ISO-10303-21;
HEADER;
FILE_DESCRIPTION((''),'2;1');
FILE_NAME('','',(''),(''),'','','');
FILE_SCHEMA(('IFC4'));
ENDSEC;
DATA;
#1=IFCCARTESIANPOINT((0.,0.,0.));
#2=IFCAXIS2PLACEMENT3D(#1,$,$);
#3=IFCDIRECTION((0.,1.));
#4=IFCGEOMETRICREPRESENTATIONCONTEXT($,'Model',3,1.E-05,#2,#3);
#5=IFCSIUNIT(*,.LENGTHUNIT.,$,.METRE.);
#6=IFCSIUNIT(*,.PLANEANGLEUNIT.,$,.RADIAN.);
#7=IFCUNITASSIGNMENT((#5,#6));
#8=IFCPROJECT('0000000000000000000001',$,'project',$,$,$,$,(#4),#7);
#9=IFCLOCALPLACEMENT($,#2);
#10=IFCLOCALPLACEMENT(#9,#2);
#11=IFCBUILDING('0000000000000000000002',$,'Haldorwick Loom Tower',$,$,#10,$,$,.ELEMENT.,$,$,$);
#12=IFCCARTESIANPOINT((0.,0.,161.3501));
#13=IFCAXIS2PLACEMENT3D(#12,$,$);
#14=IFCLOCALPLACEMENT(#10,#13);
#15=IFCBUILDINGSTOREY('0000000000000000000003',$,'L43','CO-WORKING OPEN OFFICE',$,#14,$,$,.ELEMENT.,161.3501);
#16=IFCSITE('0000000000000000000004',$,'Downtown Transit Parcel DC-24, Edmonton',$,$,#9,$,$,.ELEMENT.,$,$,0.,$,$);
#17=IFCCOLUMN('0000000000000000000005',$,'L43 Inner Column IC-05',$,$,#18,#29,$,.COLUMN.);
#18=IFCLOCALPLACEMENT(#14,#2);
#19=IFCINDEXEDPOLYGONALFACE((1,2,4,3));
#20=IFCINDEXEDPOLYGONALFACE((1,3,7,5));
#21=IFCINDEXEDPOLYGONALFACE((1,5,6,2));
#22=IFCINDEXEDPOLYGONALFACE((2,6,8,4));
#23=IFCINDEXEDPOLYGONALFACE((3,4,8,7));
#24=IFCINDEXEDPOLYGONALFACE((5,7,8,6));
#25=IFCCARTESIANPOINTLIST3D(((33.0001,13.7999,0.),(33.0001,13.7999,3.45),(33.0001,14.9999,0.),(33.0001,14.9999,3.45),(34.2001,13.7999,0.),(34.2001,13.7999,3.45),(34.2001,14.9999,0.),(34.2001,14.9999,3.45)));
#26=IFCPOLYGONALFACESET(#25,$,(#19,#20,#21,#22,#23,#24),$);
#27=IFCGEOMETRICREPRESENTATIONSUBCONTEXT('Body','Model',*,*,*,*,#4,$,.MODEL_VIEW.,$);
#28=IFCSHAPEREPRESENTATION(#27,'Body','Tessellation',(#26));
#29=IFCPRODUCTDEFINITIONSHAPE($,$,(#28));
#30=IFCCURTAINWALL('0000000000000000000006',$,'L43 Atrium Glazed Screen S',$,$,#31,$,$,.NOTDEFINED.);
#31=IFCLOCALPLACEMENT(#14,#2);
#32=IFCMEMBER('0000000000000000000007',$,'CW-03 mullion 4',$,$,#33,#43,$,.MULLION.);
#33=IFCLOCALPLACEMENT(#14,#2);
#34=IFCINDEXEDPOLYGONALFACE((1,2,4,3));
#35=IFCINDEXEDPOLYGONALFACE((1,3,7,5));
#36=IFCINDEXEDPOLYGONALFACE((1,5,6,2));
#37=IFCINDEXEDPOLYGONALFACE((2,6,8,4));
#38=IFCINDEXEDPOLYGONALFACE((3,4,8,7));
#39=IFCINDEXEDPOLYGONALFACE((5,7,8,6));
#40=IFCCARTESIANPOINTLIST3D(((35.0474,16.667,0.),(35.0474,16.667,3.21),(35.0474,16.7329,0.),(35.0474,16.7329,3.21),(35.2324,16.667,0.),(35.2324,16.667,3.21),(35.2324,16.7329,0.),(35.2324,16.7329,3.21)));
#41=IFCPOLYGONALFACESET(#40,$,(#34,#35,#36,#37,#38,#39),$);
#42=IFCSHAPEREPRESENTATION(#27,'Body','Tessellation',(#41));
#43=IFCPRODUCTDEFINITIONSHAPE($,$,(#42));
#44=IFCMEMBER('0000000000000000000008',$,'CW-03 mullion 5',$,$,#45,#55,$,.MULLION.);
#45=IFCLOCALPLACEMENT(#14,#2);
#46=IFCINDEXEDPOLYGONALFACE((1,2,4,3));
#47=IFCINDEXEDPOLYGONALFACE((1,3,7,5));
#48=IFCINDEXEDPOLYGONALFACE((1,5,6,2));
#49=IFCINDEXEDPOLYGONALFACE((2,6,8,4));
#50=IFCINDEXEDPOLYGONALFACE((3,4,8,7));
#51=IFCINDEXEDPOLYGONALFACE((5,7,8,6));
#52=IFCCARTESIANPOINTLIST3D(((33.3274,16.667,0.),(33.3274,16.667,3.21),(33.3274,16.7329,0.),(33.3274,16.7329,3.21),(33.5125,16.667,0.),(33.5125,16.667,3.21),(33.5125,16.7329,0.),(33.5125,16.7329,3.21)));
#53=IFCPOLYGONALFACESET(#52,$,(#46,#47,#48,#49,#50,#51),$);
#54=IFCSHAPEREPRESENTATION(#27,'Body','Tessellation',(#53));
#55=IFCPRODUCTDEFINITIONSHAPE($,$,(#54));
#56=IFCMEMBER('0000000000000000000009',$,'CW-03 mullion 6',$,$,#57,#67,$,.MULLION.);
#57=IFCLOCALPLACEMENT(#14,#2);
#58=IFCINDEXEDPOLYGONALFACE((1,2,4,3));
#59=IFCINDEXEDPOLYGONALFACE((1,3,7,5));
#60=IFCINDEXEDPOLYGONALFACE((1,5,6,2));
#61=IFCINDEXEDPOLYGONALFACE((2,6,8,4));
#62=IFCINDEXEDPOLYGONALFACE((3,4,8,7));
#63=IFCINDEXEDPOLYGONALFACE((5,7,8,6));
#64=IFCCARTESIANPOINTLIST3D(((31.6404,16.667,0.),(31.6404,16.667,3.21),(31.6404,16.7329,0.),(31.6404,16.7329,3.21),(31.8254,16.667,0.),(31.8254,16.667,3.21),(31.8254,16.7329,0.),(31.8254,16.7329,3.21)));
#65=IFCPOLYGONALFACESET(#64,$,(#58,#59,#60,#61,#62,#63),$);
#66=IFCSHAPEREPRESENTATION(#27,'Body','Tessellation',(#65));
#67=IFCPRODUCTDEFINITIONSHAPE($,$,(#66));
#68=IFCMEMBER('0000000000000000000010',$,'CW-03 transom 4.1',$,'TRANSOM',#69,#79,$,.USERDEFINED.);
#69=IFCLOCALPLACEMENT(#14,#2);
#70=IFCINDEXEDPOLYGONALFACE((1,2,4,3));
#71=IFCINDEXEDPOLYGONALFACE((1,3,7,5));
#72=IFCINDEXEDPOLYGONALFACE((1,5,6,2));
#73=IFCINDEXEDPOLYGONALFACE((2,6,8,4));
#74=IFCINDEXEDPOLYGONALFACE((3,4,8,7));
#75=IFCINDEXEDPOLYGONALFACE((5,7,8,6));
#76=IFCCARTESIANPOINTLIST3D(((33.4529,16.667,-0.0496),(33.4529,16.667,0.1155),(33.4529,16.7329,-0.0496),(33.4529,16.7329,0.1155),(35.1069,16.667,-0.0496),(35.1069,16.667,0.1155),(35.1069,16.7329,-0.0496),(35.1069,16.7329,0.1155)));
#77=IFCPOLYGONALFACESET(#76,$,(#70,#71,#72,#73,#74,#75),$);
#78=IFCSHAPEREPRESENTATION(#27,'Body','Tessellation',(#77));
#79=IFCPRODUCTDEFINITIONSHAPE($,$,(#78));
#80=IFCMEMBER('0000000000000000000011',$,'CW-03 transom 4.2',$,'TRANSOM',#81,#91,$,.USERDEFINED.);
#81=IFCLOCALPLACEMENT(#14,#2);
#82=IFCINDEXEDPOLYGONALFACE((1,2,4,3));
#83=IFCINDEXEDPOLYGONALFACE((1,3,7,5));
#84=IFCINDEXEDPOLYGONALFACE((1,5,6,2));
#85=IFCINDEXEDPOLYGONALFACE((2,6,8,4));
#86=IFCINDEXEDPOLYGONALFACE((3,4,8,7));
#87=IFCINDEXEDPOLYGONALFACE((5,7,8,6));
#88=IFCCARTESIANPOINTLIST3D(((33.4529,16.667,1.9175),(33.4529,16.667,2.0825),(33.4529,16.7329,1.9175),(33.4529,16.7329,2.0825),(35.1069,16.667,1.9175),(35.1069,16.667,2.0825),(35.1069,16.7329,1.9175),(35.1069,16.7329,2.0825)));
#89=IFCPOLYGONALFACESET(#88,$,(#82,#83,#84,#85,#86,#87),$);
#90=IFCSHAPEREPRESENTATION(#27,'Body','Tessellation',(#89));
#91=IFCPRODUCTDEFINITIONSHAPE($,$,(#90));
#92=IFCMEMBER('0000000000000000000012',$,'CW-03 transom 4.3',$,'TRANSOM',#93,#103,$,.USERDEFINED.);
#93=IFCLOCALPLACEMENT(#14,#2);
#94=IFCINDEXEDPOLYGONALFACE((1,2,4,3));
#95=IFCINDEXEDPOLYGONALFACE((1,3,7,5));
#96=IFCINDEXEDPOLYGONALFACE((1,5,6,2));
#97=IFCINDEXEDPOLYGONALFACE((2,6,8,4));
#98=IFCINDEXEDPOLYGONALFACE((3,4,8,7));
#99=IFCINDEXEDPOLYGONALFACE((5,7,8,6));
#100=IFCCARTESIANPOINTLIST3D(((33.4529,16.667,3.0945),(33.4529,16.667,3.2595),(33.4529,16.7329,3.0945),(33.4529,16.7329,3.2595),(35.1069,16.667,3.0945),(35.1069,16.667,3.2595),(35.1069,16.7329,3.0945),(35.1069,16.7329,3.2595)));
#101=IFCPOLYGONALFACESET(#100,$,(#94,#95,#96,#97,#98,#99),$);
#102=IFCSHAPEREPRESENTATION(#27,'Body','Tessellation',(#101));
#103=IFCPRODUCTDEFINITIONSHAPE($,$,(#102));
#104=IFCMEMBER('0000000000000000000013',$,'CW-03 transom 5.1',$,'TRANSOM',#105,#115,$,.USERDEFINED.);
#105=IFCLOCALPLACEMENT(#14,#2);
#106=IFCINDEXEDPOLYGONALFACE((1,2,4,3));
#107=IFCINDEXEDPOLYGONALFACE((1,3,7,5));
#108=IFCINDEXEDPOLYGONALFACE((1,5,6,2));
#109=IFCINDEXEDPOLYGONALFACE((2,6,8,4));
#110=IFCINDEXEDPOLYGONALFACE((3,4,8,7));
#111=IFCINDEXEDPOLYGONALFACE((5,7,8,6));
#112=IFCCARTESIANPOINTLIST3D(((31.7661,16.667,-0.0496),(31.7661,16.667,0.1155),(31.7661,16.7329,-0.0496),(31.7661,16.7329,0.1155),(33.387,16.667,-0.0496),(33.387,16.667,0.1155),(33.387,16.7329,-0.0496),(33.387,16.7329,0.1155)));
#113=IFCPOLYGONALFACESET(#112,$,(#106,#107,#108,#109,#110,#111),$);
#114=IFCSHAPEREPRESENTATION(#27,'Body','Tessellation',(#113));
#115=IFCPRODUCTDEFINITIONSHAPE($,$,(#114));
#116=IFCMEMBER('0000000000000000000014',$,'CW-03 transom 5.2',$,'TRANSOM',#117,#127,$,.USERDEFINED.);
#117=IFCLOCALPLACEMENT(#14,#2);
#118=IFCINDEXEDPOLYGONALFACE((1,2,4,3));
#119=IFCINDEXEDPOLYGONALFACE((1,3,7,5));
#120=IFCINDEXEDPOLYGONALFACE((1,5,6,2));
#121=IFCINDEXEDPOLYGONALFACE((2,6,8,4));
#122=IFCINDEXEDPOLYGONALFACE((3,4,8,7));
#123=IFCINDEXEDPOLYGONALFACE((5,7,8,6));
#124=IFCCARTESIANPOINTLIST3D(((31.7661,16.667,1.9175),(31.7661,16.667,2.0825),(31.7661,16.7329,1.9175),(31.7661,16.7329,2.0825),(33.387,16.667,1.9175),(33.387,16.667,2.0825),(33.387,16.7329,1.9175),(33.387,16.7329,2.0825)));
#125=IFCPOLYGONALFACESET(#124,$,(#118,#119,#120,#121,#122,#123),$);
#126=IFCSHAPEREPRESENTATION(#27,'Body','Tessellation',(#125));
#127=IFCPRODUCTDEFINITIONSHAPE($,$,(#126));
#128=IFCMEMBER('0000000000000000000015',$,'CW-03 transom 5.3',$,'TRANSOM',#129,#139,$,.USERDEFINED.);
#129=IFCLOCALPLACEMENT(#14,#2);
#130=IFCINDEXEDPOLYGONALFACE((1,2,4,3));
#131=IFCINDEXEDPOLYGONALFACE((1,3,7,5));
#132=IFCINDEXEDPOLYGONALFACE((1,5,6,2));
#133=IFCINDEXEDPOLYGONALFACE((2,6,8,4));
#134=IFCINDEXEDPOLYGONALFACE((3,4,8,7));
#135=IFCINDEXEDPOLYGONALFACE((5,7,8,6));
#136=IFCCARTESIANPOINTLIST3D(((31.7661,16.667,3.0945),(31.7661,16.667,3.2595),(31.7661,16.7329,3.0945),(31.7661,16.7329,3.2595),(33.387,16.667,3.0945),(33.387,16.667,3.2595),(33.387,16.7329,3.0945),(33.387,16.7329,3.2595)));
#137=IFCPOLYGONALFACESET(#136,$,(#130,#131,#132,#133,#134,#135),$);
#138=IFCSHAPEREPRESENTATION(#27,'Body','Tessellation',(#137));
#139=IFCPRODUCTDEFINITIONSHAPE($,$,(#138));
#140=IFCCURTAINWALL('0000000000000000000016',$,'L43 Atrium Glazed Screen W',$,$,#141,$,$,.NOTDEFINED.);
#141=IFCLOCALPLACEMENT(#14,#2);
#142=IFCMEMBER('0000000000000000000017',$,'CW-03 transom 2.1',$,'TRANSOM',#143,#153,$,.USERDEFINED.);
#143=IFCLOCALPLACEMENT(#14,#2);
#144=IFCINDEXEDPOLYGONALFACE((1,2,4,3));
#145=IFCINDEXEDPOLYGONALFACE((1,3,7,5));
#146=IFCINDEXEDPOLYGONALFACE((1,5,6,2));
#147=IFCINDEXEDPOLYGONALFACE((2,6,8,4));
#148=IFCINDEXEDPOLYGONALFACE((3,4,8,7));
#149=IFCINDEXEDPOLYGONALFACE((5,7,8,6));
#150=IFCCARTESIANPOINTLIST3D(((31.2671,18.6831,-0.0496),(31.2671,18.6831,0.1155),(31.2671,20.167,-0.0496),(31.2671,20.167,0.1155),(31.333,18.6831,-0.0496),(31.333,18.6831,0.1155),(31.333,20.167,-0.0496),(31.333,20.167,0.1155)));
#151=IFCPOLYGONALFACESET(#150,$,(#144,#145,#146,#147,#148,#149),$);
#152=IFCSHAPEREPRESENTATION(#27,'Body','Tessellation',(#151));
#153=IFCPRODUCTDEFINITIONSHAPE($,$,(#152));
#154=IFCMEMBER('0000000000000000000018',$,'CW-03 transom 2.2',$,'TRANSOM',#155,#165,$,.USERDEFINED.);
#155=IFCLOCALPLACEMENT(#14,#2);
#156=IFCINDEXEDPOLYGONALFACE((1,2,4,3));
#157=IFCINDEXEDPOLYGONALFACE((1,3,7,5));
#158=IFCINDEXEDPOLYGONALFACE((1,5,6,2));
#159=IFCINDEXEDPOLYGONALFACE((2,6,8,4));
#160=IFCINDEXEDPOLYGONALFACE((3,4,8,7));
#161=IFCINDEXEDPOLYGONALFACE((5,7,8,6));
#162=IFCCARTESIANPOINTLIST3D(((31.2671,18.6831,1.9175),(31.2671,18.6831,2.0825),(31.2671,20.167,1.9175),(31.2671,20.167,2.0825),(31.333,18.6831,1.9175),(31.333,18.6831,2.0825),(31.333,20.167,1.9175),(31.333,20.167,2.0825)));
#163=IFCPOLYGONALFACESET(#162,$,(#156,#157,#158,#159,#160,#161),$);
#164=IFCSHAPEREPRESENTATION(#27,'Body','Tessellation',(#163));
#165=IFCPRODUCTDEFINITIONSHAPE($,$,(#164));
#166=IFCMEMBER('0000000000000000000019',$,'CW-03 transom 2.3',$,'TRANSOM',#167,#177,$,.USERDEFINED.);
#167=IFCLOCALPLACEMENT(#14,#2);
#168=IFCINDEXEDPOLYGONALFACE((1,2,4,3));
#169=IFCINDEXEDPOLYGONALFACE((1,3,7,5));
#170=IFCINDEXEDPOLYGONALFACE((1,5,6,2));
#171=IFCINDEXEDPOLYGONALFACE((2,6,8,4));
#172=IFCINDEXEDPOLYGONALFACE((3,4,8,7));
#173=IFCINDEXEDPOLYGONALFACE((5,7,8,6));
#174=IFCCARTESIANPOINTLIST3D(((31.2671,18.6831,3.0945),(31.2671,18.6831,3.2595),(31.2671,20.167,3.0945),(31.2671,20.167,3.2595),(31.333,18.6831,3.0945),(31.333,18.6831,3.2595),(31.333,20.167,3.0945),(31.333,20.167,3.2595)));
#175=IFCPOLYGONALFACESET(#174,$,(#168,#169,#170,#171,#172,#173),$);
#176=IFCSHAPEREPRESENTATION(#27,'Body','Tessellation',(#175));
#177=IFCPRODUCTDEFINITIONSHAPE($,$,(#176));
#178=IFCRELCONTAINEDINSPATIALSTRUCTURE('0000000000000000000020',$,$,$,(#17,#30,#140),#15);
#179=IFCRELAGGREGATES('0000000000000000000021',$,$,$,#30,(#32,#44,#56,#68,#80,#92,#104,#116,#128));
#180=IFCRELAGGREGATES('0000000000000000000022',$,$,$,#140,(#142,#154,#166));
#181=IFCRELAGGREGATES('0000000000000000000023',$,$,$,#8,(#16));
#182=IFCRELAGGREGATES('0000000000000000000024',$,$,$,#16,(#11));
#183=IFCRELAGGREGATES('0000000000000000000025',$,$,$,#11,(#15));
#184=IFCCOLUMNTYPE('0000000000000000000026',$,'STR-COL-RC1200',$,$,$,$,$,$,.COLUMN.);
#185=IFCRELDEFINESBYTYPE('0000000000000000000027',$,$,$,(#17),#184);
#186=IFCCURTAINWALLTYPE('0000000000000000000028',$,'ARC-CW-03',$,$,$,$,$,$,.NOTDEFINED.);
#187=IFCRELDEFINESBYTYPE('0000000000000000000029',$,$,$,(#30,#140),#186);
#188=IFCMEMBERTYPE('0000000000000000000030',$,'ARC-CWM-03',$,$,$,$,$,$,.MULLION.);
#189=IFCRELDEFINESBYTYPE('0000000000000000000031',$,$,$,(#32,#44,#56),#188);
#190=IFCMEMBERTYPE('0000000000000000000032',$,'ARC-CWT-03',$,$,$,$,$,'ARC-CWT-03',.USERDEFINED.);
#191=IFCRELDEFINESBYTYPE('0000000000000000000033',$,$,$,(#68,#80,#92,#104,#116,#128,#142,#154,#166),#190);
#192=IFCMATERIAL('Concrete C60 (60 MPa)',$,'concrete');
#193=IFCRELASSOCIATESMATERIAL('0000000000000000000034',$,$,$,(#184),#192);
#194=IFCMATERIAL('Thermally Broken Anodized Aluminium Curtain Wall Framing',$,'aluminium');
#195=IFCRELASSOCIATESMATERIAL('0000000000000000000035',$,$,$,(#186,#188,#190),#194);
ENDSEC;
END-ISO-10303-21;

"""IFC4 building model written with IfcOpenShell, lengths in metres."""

from ifc_helpers import new_model, si_unit, direction, frame, origin, origin_2d, place, context, subcontext, project, spatial, rectangle, extrude, material, material_profile, profile_set, type_object, element, aggregate, save


model = new_model("IFC4")

# Units and contexts
model_context = context("Model", 3, precision=1e-05, world=origin(), true_north=direction((0.0, 1.0)))
body_context = subcontext(model_context, "Body", "Model", "MODEL_VIEW")
ifc_project = project(units=[si_unit("LENGTHUNIT", "METRE"), si_unit("PLANEANGLEUNIT", "RADIAN")], contexts=[model_context])

# Site, building, storey
site_placement = place(None, origin())
site = spatial("IfcSite", under=ifc_project, at=site_placement, Name="Downtown Transit Parcel DC-24, Edmonton", CompositionType="ELEMENT", RefElevation=0.0)
building_placement = place(site_placement, origin())
building = spatial("IfcBuilding", under=site, at=building_placement, Name="Haldorwick Loom Tower", CompositionType="ELEMENT")
storey_placement = place(building_placement, frame((0.0, 0.0, 161.3501)))
storey = spatial("IfcBuildingStorey", under=building, at=storey_placement, Name="L43", Description="CO-WORKING OPEN OFFICE", CompositionType="ELEMENT", Elevation=161.3501)

# Column
ifc_material_1 = material(Name="Concrete C60 (60 MPa)", Category="concrete")
ifc_material_profile_1 = material_profile(ifc_material_1, rectangle(XDim=1.2, YDim=1.2, at=origin_2d()), Name="RC1200X1200", Category="concrete")
ifc_profile_set_1 = profile_set([ifc_material_profile_1], Name="Concrete C60 (60 MPa)")
column_type = type_object("IfcColumnType", Name="STR-COL-RC1200", PredefinedType="COLUMN", material=ifc_profile_set_1)
column_placement = place(storey_placement, frame((33.6001, 14.3999, 0.0), z_axis=(0.0, 0.0, 1.0), x_axis=(1.0, 0.0, 0.0)))
element("IfcColumn", 1, at=column_placement, inside=storey, type_object=column_type, Name="L43 Inner Column IC-05", PredefinedType="COLUMN", context=body_context, shape_type="SweptSolid", body=[
    extrude(rectangle(XDim=1.2, YDim=1.2, at=origin_2d()), origin(), (0.0, 0.0, 1.0), 3.45),
])

# Curtain walls, members
ifc_material_2 = material(Name="Thermally Broken Anodized Aluminium Curtain Wall Framing", Category="aluminium")
curtain_wall_type = type_object("IfcCurtainWallType", Name="ARC-CW-03", PredefinedType="NOTDEFINED", material=ifc_material_2)
curtain_wall_1_placement = place(storey_placement, origin())
curtain_wall_1 = element("IfcCurtainWall", 2, at=curtain_wall_1_placement, inside=storey, type_object=curtain_wall_type, Name="L43 Atrium Glazed Screen S", PredefinedType="NOTDEFINED")
ifc_material_profile_2 = material_profile(ifc_material_2, rectangle(XDim=0.0659, YDim=0.1851, at=origin_2d()), Name="ALU_MUL_66X185", Category="aluminium")
ifc_profile_set_2 = profile_set([ifc_material_profile_2], Name="Thermally Broken Anodized Aluminium Curtain Wall Framing")
member_type_1 = type_object("IfcMemberType", Name="ARC-CWM-03", PredefinedType="MULLION", material=ifc_profile_set_2)
member_1_placement = place(storey_placement, frame((35.1399, 16.7, 0.0), z_axis=(0.0, 0.0, 1.0), x_axis=(0.0, -1.0, 0.0)))
member_1 = element("IfcMember", 3, at=member_1_placement, type_object=member_type_1, Name="CW-03 mullion 4", PredefinedType="MULLION", context=body_context, shape_type="SweptSolid", body=[
    extrude(rectangle(XDim=0.0659, YDim=0.1851, at=origin_2d()), origin(), (0.0, 0.0, 1.0), 3.21),
])
member_2_placement = place(storey_placement, frame((33.4199, 16.7, 0.0), z_axis=(0.0, 0.0, 1.0), x_axis=(0.0, -1.0, 0.0)))
member_2 = element("IfcMember", 4, at=member_2_placement, type_object=member_type_1, Name="CW-03 mullion 5", PredefinedType="MULLION", context=body_context, shape_type="SweptSolid", body=[
    extrude(rectangle(XDim=0.0659, YDim=0.1851, at=origin_2d()), origin(), (0.0, 0.0, 1.0), 3.21),
])
member_3_placement = place(storey_placement, frame((31.7329, 16.7, 0.0), z_axis=(0.0, 0.0, 1.0), x_axis=(0.0, -1.0, 0.0)))
member_3 = element("IfcMember", 5, at=member_3_placement, type_object=member_type_1, Name="CW-03 mullion 6", PredefinedType="MULLION", context=body_context, shape_type="SweptSolid", body=[
    extrude(rectangle(XDim=0.0659, YDim=0.1851, at=origin_2d()), origin(), (0.0, 0.0, 1.0), 3.21),
])
ifc_material_profile_3 = material_profile(ifc_material_2, rectangle(XDim=0.0659, YDim=0.165, at=origin_2d()), Name="ALU_TRN_66X165", Category="aluminium")
ifc_profile_set_3 = profile_set([ifc_material_profile_3], Name="Thermally Broken Anodized Aluminium Curtain Wall Framing")
member_type_2 = type_object("IfcMemberType", Name="ARC-CWT-03", ElementType="ARC-CWT-03", PredefinedType="USERDEFINED", material=ifc_profile_set_3)
member_4_placement = place(storey_placement, frame((35.1069, 16.7, 0.033), z_axis=(-1.0, 0.0, 0.0), x_axis=(0.0, -1.0, 0.0)))
member_4 = element("IfcMember", 6, at=member_4_placement, type_object=member_type_2, Name="CW-03 transom 4.1", ObjectType="TRANSOM", PredefinedType="USERDEFINED", context=body_context, shape_type="SweptSolid", body=[
    extrude(rectangle(XDim=0.0659, YDim=0.165, at=origin_2d()), origin(), (0.0, 0.0, 1.0), 1.6541),
])
member_5_placement = place(storey_placement, frame((35.1069, 16.7, 2.0), z_axis=(-1.0, 0.0, 0.0), x_axis=(0.0, -1.0, 0.0)))
member_5 = element("IfcMember", 7, at=member_5_placement, type_object=member_type_2, Name="CW-03 transom 4.2", ObjectType="TRANSOM", PredefinedType="USERDEFINED", context=body_context, shape_type="SweptSolid", body=[
    extrude(rectangle(XDim=0.0659, YDim=0.165, at=origin_2d()), origin(), (0.0, 0.0, 1.0), 1.6541),
])
member_6_placement = place(storey_placement, frame((35.1069, 16.7, 3.177), z_axis=(-1.0, 0.0, 0.0), x_axis=(0.0, -1.0, 0.0)))
member_6 = element("IfcMember", 8, at=member_6_placement, type_object=member_type_2, Name="CW-03 transom 4.3", ObjectType="TRANSOM", PredefinedType="USERDEFINED", context=body_context, shape_type="SweptSolid", body=[
    extrude(rectangle(XDim=0.0659, YDim=0.165, at=origin_2d()), origin(), (0.0, 0.0, 1.0), 1.6541),
])
member_7_placement = place(storey_placement, frame((33.387, 16.7, 0.033), z_axis=(-1.0, 0.0, 0.0), x_axis=(0.0, -1.0, 0.0)))
member_7 = element("IfcMember", 9, at=member_7_placement, type_object=member_type_2, Name="CW-03 transom 5.1", ObjectType="TRANSOM", PredefinedType="USERDEFINED", context=body_context, shape_type="SweptSolid", body=[
    extrude(rectangle(XDim=0.0659, YDim=0.165, at=origin_2d()), origin(), (0.0, 0.0, 1.0), 1.6208),
])
member_8_placement = place(storey_placement, frame((33.387, 16.7, 2.0), z_axis=(-1.0, 0.0, 0.0), x_axis=(0.0, -1.0, 0.0)))
member_8 = element("IfcMember", 10, at=member_8_placement, type_object=member_type_2, Name="CW-03 transom 5.2", ObjectType="TRANSOM", PredefinedType="USERDEFINED", context=body_context, shape_type="SweptSolid", body=[
    extrude(rectangle(XDim=0.0659, YDim=0.165, at=origin_2d()), origin(), (0.0, 0.0, 1.0), 1.6208),
])
member_9_placement = place(storey_placement, frame((33.387, 16.7, 3.177), z_axis=(-1.0, 0.0, 0.0), x_axis=(0.0, -1.0, 0.0)))
member_9 = element("IfcMember", 11, at=member_9_placement, type_object=member_type_2, Name="CW-03 transom 5.3", ObjectType="TRANSOM", PredefinedType="USERDEFINED", context=body_context, shape_type="SweptSolid", body=[
    extrude(rectangle(XDim=0.0659, YDim=0.165, at=origin_2d()), origin(), (0.0, 0.0, 1.0), 1.6208),
])
curtain_wall_2_placement = place(storey_placement, origin())
curtain_wall_2 = element("IfcCurtainWall", 12, at=curtain_wall_2_placement, inside=storey, type_object=curtain_wall_type, Name="L43 Atrium Glazed Screen W", PredefinedType="NOTDEFINED")
member_10_placement = place(storey_placement, frame((31.3, 18.6831, 0.033), z_axis=(0.0, 1.0, 0.0), x_axis=(-1.0, 0.0, 0.0)))
member_10 = element("IfcMember", 13, at=member_10_placement, type_object=member_type_2, Name="CW-03 transom 2.1", ObjectType="TRANSOM", PredefinedType="USERDEFINED", context=body_context, shape_type="SweptSolid", body=[
    extrude(rectangle(XDim=0.0659, YDim=0.165, at=origin_2d()), origin(), (0.0, 0.0, 1.0), 1.4839),
])
member_11_placement = place(storey_placement, frame((31.3, 18.6831, 2.0), z_axis=(0.0, 1.0, 0.0), x_axis=(-1.0, 0.0, 0.0)))
member_11 = element("IfcMember", 14, at=member_11_placement, type_object=member_type_2, Name="CW-03 transom 2.2", ObjectType="TRANSOM", PredefinedType="USERDEFINED", context=body_context, shape_type="SweptSolid", body=[
    extrude(rectangle(XDim=0.0659, YDim=0.165, at=origin_2d()), origin(), (0.0, 0.0, 1.0), 1.4839),
])
member_12_placement = place(storey_placement, frame((31.3, 18.6831, 3.177), z_axis=(0.0, 1.0, 0.0), x_axis=(-1.0, 0.0, 0.0)))
member_12 = element("IfcMember", 15, at=member_12_placement, type_object=member_type_2, Name="CW-03 transom 2.3", ObjectType="TRANSOM", PredefinedType="USERDEFINED", context=body_context, shape_type="SweptSolid", body=[
    extrude(rectangle(XDim=0.0659, YDim=0.165, at=origin_2d()), origin(), (0.0, 0.0, 1.0), 1.4839),
])

aggregate(curtain_wall_1, [member_1, member_2, member_3, member_4, member_5, member_6, member_7, member_8, member_9])
aggregate(curtain_wall_2, [member_10, member_11, member_12])

save(model, "model.ifc")
